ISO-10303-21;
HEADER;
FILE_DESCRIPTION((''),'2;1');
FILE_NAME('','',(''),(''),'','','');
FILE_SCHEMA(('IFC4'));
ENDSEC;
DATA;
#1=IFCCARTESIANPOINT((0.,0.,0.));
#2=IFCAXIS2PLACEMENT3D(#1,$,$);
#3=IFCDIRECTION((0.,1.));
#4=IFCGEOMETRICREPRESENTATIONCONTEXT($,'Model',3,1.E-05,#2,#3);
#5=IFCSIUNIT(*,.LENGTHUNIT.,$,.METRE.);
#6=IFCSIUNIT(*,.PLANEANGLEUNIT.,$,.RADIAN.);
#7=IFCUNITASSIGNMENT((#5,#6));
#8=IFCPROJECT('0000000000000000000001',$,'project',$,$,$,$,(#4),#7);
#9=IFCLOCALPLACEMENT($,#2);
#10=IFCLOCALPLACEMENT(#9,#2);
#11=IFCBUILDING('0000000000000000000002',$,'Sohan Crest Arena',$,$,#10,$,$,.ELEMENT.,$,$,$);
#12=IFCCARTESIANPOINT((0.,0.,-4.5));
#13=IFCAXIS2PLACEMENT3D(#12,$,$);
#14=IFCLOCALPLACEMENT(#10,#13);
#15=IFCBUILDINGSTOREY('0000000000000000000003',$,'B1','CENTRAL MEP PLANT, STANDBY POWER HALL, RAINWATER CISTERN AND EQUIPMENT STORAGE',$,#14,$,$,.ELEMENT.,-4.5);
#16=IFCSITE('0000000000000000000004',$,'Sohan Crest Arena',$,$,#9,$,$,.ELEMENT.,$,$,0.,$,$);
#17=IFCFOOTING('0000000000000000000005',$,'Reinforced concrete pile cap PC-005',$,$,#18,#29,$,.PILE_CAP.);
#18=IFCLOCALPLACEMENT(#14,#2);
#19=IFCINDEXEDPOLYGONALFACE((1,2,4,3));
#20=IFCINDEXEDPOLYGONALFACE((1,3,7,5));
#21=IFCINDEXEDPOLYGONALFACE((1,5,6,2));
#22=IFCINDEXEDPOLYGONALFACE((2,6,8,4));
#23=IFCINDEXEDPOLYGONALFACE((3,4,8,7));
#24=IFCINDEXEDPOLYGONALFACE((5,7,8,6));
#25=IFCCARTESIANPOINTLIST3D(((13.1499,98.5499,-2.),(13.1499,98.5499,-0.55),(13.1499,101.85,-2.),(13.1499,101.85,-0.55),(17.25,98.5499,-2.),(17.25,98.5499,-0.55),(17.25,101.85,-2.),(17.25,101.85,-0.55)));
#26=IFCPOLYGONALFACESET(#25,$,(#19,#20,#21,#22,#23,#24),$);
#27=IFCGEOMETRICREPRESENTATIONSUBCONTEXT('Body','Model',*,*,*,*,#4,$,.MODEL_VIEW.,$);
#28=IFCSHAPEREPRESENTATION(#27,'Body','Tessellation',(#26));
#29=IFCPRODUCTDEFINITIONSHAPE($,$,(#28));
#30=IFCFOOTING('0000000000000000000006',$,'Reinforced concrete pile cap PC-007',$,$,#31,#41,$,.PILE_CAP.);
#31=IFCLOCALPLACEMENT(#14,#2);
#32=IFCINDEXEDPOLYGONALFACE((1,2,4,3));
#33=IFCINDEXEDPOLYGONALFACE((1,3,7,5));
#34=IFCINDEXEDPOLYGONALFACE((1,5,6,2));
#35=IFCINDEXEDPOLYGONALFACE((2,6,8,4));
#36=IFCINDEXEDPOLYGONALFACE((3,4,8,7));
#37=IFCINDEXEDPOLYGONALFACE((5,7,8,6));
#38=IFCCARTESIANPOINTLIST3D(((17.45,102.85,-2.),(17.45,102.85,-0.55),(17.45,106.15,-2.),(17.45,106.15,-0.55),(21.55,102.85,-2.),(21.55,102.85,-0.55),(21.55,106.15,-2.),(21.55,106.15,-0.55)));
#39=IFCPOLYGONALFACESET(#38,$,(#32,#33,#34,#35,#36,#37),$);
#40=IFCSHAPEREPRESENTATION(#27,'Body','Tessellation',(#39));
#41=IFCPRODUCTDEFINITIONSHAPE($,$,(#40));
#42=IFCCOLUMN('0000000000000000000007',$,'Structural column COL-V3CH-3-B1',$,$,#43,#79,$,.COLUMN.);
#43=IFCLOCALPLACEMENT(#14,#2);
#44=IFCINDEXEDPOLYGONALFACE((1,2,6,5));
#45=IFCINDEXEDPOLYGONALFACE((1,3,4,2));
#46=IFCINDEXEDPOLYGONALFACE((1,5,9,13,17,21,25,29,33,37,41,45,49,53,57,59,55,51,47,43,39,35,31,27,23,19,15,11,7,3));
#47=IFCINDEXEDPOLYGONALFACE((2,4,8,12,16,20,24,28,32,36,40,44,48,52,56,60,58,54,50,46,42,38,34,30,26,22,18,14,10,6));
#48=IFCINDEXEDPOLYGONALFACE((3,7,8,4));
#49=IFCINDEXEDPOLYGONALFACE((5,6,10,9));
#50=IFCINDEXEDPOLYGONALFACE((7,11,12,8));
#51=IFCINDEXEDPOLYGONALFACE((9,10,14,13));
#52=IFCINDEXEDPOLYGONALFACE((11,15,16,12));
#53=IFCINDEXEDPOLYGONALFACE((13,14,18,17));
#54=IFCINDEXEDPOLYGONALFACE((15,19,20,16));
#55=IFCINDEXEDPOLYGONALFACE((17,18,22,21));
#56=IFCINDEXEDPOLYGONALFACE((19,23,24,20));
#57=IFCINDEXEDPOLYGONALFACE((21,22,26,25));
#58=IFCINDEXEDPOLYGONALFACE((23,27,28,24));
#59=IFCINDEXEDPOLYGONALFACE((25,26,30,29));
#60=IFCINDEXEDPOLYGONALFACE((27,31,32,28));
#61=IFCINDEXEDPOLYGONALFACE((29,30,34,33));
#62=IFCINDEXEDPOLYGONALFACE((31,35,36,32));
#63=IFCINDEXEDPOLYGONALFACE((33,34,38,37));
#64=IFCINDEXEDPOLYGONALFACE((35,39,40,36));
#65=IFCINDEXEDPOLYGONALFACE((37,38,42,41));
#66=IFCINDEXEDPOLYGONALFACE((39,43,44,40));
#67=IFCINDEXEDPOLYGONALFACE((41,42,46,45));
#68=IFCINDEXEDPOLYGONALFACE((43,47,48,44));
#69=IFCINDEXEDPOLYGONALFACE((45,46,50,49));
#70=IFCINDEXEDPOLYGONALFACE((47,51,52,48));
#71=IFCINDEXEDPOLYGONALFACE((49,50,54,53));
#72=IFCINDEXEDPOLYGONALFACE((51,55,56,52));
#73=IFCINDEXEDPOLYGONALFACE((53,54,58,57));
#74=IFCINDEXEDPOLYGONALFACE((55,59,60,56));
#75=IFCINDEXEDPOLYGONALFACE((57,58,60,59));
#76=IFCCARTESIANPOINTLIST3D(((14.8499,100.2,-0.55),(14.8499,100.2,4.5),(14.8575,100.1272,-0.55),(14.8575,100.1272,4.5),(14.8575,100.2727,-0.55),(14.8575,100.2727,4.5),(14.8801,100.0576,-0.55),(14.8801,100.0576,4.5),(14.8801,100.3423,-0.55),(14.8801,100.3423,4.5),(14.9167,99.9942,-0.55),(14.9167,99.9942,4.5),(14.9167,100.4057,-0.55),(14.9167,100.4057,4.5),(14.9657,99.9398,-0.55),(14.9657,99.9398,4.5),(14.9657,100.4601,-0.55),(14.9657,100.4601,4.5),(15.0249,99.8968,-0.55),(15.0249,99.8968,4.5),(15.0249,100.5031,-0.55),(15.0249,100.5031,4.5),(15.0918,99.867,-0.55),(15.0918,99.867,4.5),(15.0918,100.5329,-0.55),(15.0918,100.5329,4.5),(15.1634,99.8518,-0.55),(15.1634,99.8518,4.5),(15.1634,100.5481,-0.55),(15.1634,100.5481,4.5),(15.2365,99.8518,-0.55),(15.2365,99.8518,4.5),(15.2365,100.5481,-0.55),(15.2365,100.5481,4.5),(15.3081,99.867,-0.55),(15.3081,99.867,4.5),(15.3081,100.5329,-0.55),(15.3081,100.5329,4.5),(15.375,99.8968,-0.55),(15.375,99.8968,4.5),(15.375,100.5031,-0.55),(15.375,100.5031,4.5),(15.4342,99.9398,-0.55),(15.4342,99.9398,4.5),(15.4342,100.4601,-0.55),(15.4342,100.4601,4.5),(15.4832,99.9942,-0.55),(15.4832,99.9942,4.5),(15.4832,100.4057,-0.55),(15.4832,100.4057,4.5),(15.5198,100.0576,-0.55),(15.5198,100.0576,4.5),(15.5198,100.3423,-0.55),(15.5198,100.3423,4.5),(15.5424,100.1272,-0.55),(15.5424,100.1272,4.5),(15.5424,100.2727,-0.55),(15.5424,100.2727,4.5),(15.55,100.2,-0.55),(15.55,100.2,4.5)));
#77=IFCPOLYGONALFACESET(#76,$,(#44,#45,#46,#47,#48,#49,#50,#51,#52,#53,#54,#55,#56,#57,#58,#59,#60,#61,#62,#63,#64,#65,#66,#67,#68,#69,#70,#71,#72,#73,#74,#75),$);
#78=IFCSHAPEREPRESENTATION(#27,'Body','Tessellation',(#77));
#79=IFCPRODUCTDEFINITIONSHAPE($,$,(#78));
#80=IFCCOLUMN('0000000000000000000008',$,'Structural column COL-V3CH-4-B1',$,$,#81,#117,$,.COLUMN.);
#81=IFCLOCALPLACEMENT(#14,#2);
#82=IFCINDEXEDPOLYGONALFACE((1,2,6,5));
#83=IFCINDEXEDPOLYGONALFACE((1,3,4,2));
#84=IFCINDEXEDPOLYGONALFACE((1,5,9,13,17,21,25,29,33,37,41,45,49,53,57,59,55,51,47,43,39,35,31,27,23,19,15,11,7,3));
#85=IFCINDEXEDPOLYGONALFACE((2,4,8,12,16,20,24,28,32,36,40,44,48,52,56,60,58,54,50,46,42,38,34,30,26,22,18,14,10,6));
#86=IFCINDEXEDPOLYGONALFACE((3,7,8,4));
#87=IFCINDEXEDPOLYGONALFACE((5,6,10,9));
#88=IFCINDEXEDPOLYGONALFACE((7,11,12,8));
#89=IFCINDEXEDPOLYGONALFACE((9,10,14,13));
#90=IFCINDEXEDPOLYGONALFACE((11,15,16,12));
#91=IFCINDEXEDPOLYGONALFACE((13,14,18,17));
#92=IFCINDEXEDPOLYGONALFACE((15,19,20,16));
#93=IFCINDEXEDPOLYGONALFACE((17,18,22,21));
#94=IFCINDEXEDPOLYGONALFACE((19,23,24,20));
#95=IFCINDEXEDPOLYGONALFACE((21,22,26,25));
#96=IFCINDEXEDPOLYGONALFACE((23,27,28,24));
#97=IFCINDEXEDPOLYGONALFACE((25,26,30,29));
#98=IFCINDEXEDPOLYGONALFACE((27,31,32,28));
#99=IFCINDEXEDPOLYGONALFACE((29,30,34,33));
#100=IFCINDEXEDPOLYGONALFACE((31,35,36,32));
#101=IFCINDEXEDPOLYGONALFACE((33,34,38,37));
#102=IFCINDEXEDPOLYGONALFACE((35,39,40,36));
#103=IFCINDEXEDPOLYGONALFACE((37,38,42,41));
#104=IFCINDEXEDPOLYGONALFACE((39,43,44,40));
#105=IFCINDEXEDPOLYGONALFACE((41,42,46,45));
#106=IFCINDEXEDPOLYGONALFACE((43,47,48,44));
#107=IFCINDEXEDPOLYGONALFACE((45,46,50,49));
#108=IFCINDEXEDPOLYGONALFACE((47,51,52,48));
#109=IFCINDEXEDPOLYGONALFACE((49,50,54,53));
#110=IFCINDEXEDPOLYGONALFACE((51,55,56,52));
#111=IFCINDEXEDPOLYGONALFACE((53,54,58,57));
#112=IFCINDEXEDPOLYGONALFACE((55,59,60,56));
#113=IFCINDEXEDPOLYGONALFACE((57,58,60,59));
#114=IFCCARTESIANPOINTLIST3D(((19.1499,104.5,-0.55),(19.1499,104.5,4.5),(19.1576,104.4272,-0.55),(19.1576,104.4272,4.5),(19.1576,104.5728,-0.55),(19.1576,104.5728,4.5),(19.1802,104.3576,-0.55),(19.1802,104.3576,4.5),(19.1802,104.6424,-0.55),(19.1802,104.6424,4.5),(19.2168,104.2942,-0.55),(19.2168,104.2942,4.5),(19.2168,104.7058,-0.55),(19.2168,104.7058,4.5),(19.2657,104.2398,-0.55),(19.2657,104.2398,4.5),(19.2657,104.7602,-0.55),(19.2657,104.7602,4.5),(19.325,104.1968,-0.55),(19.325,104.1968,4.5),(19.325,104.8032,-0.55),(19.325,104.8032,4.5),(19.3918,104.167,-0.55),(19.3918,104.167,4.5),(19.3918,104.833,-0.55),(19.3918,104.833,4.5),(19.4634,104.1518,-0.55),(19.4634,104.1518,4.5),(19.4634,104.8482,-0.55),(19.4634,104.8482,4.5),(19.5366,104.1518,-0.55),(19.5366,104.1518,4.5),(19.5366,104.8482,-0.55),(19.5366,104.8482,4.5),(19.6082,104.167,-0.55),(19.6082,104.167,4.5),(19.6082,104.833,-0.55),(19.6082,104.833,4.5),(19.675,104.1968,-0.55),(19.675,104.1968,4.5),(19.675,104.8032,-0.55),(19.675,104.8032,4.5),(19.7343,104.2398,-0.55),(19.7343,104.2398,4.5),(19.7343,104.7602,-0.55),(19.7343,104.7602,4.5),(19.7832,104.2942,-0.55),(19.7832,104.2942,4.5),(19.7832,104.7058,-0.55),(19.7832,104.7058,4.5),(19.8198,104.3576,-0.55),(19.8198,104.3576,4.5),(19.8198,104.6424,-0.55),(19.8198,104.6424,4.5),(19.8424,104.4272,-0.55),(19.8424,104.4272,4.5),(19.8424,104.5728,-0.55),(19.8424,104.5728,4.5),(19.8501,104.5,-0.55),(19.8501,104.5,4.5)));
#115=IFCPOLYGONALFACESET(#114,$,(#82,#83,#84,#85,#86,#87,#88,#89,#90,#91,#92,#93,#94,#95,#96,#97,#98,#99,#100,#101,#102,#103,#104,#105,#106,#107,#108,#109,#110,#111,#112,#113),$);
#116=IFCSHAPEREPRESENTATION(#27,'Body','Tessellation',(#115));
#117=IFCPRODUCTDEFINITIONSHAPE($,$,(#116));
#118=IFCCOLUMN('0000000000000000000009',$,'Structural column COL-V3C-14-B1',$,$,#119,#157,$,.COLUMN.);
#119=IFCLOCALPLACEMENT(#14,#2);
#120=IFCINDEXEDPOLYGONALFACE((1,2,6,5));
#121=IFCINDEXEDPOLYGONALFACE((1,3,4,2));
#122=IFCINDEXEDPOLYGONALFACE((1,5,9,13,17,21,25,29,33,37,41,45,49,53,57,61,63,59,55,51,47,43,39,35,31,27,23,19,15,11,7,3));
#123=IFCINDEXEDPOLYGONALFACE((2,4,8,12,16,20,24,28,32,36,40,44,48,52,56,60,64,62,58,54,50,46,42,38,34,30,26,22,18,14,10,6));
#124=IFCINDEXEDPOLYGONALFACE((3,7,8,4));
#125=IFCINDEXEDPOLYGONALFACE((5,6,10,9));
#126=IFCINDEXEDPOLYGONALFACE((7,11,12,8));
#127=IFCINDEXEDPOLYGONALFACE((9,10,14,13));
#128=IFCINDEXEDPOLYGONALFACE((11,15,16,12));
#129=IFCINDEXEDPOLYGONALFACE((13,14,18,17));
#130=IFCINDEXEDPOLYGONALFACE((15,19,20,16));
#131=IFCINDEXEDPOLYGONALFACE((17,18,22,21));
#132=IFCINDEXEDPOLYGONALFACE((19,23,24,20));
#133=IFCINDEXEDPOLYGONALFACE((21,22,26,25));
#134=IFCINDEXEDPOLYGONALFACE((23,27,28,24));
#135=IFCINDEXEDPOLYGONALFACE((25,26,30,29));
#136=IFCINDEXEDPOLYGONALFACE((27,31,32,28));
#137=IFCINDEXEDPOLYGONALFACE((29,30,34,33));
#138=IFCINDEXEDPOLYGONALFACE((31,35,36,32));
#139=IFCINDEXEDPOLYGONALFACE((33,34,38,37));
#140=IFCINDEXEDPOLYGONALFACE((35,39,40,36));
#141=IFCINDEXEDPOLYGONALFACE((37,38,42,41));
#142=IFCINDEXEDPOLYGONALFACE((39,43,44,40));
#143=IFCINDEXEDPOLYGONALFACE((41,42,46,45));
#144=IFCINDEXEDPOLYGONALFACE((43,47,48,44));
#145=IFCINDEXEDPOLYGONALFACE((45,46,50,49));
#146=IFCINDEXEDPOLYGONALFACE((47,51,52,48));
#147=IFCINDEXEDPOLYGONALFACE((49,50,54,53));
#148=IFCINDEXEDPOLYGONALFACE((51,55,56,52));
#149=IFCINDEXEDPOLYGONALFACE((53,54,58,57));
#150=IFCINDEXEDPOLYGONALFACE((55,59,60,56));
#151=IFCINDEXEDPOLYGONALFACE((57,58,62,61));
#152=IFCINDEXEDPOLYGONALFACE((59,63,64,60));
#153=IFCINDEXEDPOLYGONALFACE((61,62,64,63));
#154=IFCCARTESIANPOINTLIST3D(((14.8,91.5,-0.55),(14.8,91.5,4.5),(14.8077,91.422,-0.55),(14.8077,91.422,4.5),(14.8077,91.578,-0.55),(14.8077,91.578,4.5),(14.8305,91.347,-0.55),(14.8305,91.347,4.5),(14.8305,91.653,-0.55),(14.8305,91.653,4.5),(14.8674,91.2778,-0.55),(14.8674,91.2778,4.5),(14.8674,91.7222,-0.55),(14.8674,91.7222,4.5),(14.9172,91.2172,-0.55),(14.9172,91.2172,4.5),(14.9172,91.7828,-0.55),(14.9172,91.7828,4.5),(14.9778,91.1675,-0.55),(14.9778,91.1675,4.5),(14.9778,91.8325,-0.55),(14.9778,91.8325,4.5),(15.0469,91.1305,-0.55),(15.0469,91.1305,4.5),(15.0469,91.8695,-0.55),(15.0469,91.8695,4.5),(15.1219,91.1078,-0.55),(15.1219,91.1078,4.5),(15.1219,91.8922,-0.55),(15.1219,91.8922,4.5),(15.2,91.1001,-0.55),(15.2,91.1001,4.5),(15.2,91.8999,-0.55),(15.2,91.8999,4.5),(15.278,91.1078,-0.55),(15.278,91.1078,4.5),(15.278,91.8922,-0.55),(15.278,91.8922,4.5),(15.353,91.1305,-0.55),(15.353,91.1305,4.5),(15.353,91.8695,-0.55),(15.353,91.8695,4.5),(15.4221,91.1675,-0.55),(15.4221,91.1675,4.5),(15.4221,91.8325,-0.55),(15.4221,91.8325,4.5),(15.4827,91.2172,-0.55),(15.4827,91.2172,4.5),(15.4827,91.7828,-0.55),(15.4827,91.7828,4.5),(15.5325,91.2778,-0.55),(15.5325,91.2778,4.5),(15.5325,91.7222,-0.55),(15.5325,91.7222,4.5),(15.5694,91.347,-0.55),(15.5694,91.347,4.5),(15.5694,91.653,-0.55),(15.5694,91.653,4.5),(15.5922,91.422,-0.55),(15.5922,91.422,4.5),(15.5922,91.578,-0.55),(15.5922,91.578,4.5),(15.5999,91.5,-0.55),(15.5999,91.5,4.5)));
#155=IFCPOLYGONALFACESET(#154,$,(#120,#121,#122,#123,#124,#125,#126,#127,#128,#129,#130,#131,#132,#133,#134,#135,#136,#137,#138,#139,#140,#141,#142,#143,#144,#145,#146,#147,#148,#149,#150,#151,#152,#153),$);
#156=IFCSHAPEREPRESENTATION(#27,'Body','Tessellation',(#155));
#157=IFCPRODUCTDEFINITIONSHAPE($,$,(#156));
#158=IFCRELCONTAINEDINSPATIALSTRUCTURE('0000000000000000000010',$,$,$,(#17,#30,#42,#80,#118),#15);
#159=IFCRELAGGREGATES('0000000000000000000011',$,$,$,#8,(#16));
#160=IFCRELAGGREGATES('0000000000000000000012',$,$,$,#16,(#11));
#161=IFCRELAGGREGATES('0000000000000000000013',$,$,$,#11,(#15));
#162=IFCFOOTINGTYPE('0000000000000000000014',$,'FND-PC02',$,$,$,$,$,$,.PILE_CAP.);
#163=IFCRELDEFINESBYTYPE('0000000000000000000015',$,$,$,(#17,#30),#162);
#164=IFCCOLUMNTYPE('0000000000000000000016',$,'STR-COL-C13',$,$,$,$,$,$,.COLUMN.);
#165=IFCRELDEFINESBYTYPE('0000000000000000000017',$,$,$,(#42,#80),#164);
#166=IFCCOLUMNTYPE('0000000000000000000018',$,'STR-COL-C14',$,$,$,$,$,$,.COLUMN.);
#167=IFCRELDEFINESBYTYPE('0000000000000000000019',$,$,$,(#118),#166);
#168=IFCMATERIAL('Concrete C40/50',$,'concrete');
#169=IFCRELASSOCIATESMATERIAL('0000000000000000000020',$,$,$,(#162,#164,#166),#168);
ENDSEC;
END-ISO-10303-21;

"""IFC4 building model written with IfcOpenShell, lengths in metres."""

from ifc_helpers import new_model, si_unit, direction, frame, origin, origin_2d, place, context, subcontext, project, spatial, rectangle, circle, extrude, material, material_profile, profile_set, type_object, element, save


model = new_model("IFC4")

# Units and contexts
model_context = context("Model", 3, precision=1e-05, world=origin(), true_north=direction((0.0, 1.0)))
body_context = subcontext(model_context, "Body", "Model", "MODEL_VIEW")
ifc_project = project(units=[si_unit("LENGTHUNIT", "METRE"), si_unit("PLANEANGLEUNIT", "RADIAN")], contexts=[model_context])

# Site, building, storey
site_placement = place(None, origin())
site = spatial("IfcSite", under=ifc_project, at=site_placement, Name="Sohan Crest Arena", CompositionType="ELEMENT", RefElevation=0.0)
building_placement = place(site_placement, origin())
building = spatial("IfcBuilding", under=site, at=building_placement, Name="Sohan Crest Arena", CompositionType="ELEMENT")
storey_placement = place(building_placement, frame((0.0, 0.0, -4.5)))
storey = spatial("IfcBuildingStorey", under=building, at=storey_placement, Name="B1", Description="CENTRAL MEP PLANT, STANDBY POWER HALL, RAINWATER CISTERN AND EQUIPMENT STORAGE", CompositionType="ELEMENT", Elevation=-4.5)

# Shared definitions
ifc_material_1 = material(Name="Concrete C40/50", Category="concrete")

# Footings
footing_type_1 = type_object("IfcFootingType", Name="FND-PC02", PredefinedType="PILE_CAP", material=ifc_material_1)
for number, where, z_axis, x_axis, name in (
    (1, (15.2, 100.2, -2.0), (0.0, 0.0, 1.0), (1.0, 0.0, 0.0), "Reinforced concrete pile cap PC-005"),
    (2, (19.5, 104.5, -2.0), (0.0, 0.0, 1.0), (1.0, 0.0, 0.0), "Reinforced concrete pile cap PC-007"),
):
    element("IfcFooting", number, at=place(storey_placement, frame(where, z_axis=z_axis, x_axis=x_axis)), inside=storey, type_object=footing_type_1, Name=name, PredefinedType="PILE_CAP", context=body_context, shape_type="SweptSolid", body=[
        extrude(rectangle(XDim=4.1001, YDim=3.3, at=origin_2d()), origin(), (0.0, 0.0, 1.0), 1.45),
    ])

# Columns
ifc_material_profile_1 = material_profile(ifc_material_1, circle(Radius=0.3501, at=origin_2d()), Name="RC D700")
ifc_profile_set_1 = profile_set([ifc_material_profile_1], Name="Concrete C40/50")
column_type_1 = type_object("IfcColumnType", Name="STR-COL-C13", PredefinedType="COLUMN", material=ifc_profile_set_1)
for number, where, z_axis, x_axis, name in (
    (3, (15.2, 100.2, -0.55), (0.0, 0.0, 1.0), (1.0, 0.0, 0.0), "Structural column COL-V3CH-3-B1"),
    (4, (19.5, 104.5, -0.55), (0.0, 0.0, 1.0), (1.0, 0.0, 0.0), "Structural column COL-V3CH-4-B1"),
):
    element("IfcColumn", number, at=place(storey_placement, frame(where, z_axis=z_axis, x_axis=x_axis)), inside=storey, type_object=column_type_1, Name=name, PredefinedType="COLUMN", context=body_context, shape_type="SweptSolid", body=[
        extrude(circle(Radius=0.3501, at=origin_2d()), origin(), (0.0, 0.0, 1.0), 5.05),
    ])
ifc_material_profile_2 = material_profile(ifc_material_1, circle(Radius=0.3999, at=origin_2d()), Name="RC D800")
ifc_profile_set_2 = profile_set([ifc_material_profile_2], Name="Concrete C40/50")
column_type_2 = type_object("IfcColumnType", Name="STR-COL-C14", PredefinedType="COLUMN", material=ifc_profile_set_2)
column_1_placement = place(storey_placement, frame((15.2, 91.5, -0.55), z_axis=(0.0, 0.0, 1.0), x_axis=(1.0, 0.0, 0.0)))
element("IfcColumn", 5, at=column_1_placement, inside=storey, type_object=column_type_2, Name="Structural column COL-V3C-14-B1", PredefinedType="COLUMN", context=body_context, shape_type="SweptSolid", body=[
    extrude(circle(Radius=0.3999, at=origin_2d()), origin(), (0.0, 0.0, 1.0), 5.05),
])

save(model, "model.ifc")
